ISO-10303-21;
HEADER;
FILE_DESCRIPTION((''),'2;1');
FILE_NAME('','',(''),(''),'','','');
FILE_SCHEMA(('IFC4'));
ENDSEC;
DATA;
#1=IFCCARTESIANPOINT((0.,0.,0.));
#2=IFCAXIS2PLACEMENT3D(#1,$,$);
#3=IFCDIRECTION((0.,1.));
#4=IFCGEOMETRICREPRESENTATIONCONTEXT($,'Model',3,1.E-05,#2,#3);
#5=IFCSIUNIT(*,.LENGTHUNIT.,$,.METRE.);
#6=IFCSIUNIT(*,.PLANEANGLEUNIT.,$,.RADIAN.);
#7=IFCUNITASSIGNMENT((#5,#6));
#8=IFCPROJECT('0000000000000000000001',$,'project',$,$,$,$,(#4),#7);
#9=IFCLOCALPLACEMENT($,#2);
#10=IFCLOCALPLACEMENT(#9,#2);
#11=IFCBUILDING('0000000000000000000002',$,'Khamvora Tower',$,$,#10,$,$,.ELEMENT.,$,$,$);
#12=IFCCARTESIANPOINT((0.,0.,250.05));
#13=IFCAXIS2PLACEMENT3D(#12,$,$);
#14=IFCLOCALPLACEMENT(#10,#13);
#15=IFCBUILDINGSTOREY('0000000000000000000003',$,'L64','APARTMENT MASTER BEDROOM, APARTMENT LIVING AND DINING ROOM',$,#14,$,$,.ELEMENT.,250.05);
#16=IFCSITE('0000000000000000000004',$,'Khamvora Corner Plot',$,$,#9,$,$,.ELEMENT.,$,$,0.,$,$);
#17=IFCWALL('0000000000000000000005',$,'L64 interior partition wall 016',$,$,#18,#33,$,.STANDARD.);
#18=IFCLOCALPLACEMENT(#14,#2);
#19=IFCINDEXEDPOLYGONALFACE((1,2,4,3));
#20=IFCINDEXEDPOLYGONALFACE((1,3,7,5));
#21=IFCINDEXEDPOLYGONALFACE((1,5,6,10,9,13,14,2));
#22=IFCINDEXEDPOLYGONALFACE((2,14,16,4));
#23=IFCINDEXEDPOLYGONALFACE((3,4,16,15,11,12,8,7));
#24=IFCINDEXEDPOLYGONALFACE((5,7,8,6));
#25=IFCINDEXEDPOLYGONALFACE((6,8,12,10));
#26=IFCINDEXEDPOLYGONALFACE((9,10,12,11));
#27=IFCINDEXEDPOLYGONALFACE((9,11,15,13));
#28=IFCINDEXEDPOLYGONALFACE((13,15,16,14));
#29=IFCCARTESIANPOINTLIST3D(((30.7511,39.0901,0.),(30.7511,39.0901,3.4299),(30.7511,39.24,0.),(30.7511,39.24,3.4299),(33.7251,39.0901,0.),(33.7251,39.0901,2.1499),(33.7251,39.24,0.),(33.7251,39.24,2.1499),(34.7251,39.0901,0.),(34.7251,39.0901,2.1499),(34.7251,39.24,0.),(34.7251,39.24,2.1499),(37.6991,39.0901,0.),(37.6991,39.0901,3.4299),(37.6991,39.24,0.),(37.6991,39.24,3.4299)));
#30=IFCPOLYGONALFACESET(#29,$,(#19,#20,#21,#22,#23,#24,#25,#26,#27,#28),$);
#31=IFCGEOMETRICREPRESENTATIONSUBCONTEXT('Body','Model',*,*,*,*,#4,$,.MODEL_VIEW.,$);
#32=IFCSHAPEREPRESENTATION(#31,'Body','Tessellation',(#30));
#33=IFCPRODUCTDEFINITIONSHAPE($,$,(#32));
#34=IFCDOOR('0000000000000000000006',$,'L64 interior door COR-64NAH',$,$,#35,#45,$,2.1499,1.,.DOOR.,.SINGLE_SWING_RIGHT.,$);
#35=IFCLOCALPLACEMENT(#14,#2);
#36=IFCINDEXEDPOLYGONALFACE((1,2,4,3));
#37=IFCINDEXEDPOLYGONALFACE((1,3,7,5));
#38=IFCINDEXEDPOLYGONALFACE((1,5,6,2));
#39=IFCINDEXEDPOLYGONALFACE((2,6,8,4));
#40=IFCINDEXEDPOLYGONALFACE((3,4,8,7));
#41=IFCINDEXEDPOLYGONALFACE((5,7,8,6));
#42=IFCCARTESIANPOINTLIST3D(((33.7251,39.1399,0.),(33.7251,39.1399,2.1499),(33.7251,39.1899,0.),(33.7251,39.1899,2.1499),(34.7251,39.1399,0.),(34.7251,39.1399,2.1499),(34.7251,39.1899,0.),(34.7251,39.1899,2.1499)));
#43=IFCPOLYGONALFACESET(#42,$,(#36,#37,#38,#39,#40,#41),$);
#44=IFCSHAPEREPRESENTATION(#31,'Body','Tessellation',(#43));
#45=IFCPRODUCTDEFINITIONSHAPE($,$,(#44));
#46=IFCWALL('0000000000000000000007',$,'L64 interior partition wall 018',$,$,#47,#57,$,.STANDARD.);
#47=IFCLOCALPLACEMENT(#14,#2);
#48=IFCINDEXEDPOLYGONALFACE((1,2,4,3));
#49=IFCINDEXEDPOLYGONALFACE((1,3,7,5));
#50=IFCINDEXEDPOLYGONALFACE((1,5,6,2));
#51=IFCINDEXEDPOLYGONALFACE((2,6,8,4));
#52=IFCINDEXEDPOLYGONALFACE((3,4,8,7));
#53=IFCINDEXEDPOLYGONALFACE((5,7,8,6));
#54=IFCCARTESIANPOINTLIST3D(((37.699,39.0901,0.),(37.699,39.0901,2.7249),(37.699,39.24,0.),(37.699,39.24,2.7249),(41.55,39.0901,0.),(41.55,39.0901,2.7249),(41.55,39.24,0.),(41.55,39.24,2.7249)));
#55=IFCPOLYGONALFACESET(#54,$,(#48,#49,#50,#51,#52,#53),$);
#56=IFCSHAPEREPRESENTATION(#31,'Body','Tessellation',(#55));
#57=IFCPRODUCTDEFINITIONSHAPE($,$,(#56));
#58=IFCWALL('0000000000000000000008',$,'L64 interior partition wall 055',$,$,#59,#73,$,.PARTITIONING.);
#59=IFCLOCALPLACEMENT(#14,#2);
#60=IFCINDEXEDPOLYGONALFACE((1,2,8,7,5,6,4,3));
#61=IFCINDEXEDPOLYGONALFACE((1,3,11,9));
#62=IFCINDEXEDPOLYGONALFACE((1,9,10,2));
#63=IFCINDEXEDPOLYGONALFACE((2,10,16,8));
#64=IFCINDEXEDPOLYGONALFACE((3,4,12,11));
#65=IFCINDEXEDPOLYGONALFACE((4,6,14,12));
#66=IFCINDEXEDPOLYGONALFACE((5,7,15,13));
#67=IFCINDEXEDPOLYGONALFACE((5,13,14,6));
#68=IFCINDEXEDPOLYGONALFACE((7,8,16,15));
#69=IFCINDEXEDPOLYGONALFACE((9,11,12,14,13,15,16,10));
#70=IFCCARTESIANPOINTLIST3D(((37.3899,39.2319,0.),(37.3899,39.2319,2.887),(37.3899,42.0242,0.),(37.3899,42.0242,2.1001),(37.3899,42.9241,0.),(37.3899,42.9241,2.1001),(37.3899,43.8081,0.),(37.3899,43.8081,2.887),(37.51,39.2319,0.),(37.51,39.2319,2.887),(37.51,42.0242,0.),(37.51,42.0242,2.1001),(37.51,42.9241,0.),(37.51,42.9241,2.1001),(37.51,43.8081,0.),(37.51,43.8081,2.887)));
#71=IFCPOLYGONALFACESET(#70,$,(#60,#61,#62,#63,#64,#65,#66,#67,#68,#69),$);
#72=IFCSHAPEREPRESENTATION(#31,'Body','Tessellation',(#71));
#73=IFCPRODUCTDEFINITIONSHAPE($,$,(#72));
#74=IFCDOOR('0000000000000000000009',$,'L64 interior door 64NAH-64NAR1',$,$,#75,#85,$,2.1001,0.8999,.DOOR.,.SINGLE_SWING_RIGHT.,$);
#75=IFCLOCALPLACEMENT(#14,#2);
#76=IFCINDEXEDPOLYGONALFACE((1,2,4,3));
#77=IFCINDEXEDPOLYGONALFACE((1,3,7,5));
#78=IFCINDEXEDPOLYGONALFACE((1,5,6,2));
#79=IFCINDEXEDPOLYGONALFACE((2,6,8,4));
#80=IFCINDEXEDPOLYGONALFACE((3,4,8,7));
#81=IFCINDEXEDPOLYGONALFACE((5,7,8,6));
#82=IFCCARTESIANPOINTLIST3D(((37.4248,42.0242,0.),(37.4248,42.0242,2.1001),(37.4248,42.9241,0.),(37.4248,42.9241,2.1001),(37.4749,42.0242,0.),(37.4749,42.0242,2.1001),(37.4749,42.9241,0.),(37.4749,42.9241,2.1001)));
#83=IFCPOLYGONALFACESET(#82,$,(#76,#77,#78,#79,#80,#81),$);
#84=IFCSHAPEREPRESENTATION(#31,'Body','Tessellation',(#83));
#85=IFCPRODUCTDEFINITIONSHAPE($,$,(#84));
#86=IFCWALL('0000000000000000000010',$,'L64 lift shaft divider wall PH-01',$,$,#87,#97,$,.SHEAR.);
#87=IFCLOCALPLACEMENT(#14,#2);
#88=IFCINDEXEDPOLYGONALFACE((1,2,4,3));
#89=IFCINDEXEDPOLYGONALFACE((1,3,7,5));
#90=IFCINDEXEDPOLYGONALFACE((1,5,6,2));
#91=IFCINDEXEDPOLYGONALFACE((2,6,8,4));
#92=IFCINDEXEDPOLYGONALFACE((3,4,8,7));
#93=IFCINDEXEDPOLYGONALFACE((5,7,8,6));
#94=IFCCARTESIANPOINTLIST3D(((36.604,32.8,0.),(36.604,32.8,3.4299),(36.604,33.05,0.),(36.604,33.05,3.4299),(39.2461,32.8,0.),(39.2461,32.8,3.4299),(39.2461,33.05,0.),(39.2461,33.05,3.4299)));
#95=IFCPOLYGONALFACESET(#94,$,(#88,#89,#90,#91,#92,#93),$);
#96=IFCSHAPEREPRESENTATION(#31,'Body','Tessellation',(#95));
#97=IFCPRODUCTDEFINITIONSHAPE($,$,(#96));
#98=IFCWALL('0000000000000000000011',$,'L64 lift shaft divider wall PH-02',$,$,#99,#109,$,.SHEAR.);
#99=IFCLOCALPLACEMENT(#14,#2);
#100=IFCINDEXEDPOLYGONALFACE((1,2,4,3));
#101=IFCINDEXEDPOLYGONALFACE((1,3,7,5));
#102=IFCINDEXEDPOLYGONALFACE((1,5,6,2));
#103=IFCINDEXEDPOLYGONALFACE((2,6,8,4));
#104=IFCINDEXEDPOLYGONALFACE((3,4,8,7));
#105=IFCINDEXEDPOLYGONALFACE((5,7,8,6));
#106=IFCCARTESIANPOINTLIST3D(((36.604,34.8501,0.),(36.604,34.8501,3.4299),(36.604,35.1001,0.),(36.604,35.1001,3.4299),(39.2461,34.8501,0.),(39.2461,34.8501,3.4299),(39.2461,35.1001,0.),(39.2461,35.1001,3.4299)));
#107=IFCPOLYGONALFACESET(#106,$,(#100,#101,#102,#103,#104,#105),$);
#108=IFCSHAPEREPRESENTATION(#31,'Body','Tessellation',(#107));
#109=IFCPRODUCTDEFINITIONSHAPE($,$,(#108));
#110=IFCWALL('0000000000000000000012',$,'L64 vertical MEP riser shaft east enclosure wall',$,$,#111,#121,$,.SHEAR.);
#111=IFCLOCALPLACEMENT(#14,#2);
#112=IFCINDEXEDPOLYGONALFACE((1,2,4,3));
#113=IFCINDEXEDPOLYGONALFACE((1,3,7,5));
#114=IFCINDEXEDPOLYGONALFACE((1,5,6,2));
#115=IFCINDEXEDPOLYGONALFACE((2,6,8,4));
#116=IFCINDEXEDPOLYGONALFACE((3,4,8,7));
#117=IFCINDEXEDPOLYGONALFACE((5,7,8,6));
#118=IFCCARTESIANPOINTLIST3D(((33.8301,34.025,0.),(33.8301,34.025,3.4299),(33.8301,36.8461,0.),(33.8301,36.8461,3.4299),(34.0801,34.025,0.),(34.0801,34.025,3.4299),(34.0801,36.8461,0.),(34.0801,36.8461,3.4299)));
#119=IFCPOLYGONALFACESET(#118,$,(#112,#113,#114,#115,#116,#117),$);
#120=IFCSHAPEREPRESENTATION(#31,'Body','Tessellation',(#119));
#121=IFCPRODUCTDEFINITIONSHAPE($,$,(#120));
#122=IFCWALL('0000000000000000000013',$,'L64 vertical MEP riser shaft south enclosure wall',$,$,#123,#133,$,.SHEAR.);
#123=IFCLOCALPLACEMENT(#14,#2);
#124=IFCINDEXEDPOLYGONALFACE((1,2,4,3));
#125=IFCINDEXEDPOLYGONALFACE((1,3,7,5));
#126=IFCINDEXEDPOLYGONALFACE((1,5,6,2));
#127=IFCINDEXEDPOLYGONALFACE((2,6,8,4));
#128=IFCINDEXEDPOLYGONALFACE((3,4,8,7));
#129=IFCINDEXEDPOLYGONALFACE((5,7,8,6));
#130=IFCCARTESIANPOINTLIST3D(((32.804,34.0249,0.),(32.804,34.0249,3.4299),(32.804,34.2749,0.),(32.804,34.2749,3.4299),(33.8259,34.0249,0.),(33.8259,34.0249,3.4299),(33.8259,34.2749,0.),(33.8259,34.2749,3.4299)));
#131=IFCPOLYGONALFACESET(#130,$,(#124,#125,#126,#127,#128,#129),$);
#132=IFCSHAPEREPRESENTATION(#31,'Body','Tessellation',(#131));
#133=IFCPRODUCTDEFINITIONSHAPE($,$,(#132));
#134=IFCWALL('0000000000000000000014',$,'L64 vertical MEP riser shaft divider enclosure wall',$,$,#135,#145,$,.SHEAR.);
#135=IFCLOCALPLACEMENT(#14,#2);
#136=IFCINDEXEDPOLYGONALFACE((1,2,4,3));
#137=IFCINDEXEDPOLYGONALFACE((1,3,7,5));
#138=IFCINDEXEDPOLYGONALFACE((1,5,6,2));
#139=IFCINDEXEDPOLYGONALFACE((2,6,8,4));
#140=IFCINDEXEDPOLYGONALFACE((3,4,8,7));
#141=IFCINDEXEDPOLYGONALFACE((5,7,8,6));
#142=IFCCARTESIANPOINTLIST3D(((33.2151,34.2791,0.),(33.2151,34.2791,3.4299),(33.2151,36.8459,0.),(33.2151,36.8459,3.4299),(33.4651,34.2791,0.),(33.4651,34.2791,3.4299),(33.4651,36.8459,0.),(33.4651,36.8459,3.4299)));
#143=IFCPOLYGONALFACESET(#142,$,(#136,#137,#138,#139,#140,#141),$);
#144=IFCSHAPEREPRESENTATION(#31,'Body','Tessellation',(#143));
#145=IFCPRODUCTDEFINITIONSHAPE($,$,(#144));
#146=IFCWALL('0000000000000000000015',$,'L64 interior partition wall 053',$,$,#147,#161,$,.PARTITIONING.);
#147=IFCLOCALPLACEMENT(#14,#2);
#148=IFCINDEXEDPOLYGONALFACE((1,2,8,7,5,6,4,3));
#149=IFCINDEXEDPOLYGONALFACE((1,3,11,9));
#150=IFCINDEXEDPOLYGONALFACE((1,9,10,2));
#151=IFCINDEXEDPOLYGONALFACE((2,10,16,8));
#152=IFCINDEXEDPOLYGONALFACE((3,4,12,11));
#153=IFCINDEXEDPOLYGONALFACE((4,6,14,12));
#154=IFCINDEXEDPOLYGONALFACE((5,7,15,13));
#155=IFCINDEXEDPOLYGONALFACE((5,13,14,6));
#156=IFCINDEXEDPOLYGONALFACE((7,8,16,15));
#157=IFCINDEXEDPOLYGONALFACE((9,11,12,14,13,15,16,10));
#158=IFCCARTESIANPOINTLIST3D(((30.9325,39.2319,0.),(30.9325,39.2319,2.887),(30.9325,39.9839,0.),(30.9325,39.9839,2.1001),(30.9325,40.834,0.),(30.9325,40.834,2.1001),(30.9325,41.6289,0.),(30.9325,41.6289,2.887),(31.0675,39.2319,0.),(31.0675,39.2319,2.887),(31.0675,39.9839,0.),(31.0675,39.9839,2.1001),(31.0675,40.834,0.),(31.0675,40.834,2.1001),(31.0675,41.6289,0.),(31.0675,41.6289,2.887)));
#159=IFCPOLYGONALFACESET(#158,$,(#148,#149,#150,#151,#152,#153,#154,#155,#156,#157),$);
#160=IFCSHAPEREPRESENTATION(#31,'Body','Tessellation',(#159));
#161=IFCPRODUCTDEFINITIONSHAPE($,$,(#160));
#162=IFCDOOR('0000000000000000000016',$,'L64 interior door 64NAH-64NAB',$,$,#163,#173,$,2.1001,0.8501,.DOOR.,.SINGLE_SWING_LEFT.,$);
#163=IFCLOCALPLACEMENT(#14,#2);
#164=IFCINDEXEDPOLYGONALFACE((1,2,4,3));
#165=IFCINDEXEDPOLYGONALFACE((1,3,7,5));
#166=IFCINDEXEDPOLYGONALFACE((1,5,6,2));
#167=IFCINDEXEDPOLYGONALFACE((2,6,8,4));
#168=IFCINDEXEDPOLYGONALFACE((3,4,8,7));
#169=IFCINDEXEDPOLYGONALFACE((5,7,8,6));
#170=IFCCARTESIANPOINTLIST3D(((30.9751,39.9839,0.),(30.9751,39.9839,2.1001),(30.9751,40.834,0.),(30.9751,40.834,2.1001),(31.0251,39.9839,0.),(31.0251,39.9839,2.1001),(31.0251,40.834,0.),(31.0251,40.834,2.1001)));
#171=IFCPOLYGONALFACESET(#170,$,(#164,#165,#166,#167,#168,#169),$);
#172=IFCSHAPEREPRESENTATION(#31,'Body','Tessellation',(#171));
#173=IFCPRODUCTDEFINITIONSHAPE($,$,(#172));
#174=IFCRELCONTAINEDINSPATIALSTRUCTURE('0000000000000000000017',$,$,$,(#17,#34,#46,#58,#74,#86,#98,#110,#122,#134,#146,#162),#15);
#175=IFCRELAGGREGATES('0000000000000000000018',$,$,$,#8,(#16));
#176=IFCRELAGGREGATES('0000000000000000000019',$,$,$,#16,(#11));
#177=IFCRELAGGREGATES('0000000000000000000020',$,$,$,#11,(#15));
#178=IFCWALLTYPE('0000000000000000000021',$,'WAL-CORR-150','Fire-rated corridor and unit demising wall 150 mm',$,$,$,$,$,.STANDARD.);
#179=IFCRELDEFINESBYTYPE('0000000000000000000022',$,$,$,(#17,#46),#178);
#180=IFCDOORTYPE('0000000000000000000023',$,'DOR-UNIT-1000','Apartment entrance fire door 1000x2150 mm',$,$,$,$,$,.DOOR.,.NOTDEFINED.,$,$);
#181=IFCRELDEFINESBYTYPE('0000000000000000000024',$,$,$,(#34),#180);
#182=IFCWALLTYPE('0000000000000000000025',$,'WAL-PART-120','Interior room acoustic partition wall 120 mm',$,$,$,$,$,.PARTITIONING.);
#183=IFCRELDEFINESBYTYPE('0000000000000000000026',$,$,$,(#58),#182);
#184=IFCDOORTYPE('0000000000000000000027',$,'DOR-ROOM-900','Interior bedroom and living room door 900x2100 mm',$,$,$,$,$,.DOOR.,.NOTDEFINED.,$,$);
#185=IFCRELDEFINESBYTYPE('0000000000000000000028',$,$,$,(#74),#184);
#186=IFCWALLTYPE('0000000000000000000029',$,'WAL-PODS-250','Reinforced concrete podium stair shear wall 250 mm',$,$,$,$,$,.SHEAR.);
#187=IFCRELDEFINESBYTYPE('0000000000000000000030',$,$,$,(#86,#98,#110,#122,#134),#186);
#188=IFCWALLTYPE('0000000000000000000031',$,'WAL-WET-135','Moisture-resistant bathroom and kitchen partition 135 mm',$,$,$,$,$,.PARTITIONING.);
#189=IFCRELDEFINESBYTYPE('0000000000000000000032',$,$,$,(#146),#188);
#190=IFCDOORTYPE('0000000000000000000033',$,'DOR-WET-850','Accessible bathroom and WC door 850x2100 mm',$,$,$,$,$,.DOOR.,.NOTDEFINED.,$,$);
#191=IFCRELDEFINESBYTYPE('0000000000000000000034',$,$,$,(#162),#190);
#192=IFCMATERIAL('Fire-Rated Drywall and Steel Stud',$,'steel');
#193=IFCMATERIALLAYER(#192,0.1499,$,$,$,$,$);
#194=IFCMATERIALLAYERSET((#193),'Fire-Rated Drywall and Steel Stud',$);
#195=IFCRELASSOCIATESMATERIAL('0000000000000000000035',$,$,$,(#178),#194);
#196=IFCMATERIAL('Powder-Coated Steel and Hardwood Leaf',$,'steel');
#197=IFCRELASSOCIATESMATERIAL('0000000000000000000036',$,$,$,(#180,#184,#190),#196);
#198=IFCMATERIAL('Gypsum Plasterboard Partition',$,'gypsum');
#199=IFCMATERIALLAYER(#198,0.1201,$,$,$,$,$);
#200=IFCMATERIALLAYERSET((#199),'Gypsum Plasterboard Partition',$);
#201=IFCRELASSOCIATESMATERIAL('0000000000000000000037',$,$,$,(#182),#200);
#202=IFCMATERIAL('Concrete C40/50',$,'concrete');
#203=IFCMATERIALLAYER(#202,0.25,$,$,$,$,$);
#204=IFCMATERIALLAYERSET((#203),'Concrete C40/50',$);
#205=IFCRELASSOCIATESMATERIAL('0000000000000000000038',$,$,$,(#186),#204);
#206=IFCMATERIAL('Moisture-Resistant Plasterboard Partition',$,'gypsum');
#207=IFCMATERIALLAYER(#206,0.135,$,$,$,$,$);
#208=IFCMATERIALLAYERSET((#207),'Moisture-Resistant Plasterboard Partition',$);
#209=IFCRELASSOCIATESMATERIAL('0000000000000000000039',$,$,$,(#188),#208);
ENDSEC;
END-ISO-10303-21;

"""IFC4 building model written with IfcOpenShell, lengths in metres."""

from ifc_helpers import new_model, si_unit, direction, frame, frame_2d, origin, place, context, subcontext, project, spatial, rectangle, extrude, material, layer, layer_set, type_object, element, fill, save


model = new_model("IFC4")

# Units and contexts
model_context = context("Model", 3, precision=1e-05, world=origin(), true_north=direction((0.0, 1.0)))
body_context = subcontext(model_context, "Body", "Model", "MODEL_VIEW")
ifc_project = project(units=[si_unit("LENGTHUNIT", "METRE"), si_unit("PLANEANGLEUNIT", "RADIAN")], contexts=[model_context])

# Site, building, storey
site_placement = place(None, origin())
site = spatial("IfcSite", under=ifc_project, at=site_placement, Name="Khamvora Corner Plot", CompositionType="ELEMENT", RefElevation=0.0)
building_placement = place(site_placement, origin())
building = spatial("IfcBuilding", under=site, at=building_placement, Name="Khamvora Tower", CompositionType="ELEMENT")
storey_placement = place(building_placement, frame((0.0, 0.0, 250.05)))
storey = spatial("IfcBuildingStorey", under=building, at=storey_placement, Name="L64", Description="APARTMENT MASTER BEDROOM, APARTMENT LIVING AND DINING ROOM", CompositionType="ELEMENT", Elevation=250.05)

# Wall, opening, door
ifc_material_1 = material(Name="Powder-Coated Steel and Hardwood Leaf", Category="steel")
ifc_material_2 = material(Name="Fire-Rated Drywall and Steel Stud", Category="steel")
ifc_layer_1 = layer(ifc_material_2, 0.1499)
ifc_layer_set_1 = layer_set([ifc_layer_1], Name="Fire-Rated Drywall and Steel Stud")
wall_type_1 = type_object("IfcWallType", Name="WAL-CORR-150", Description="Fire-rated corridor and unit demising wall 150 mm", PredefinedType="STANDARD", material=ifc_layer_set_1)
wall_1_placement = place(storey_placement, frame((30.751, 39.165, 0.0), z_axis=(0.0, 0.0, 1.0), x_axis=(1.0, 0.0, 0.0)))
wall_1 = element("IfcWall", 1, at=wall_1_placement, inside=storey, type_object=wall_type_1, Name="L64 interior partition wall 016", PredefinedType="STANDARD", context=body_context, shape_type="SweptSolid", body=[
    extrude(rectangle(XDim=6.948, YDim=0.1499, at=frame_2d((3.4741, 0.0))), origin(), (0.0, 0.0, 1.0), 3.4299),
])
opening_1_placement = place(wall_1_placement, frame((2.9741, 0.0, 0.0)))
opening_1 = element("IfcOpeningElement", 2, at=opening_1_placement, cuts=wall_1, PredefinedType="OPENING", context=body_context, shape_type="SweptSolid", body=[
    extrude(rectangle(XDim=1.0, YDim=2.1499, at=frame_2d((0.5, 1.075))), frame((0.0, 0.085, 0.0), z_axis=(0.0, -1.0, 0.0), x_axis=(1.0, 0.0, 0.0)), (0.0, 0.0, 1.0), 0.1699),
])
door_type_1 = type_object("IfcDoorType", Name="DOR-UNIT-1000", Description="Apartment entrance fire door 1000x2150 mm", OperationType="NOTDEFINED", PredefinedType="DOOR", material=ifc_material_1)
door_1_placement = place(opening_1_placement, origin())
door_1 = element("IfcDoor", 3, at=door_1_placement, inside=storey, type_object=door_type_1, Name="L64 interior door COR-64NAH", OperationType="SINGLE_SWING_RIGHT", OverallHeight=2.1499, OverallWidth=1.0, PredefinedType="DOOR", context=body_context, shape_type="SweptSolid", body=[
    extrude(rectangle(XDim=1.0, YDim=2.1499, at=frame_2d((0.5, 1.075))), frame((0.0, 0.0249, 0.0), z_axis=(0.0, -1.0, 0.0), x_axis=(1.0, 0.0, 0.0)), (0.0, 0.0, 1.0), 0.05),
])
fill(opening_1, door_1)

# Wall
wall_2_placement = place(storey_placement, frame((37.699, 39.165, 0.0), z_axis=(0.0, 0.0, 1.0), x_axis=(1.0, 0.0, 0.0)))
element("IfcWall", 4, at=wall_2_placement, inside=storey, type_object=wall_type_1, Name="L64 interior partition wall 018", PredefinedType="STANDARD", context=body_context, shape_type="SweptSolid", body=[
    extrude(rectangle(XDim=3.8511, YDim=0.1499, at=frame_2d((1.9255, 0.0))), origin(), (0.0, 0.0, 1.0), 2.7249),
])

# Wall, opening, door
ifc_material_3 = material(Name="Gypsum Plasterboard Partition", Category="gypsum")
ifc_layer_2 = layer(ifc_material_3, 0.1201)
ifc_layer_set_2 = layer_set([ifc_layer_2], Name="Gypsum Plasterboard Partition")
wall_type_2 = type_object("IfcWallType", Name="WAL-PART-120", Description="Interior room acoustic partition wall 120 mm", PredefinedType="PARTITIONING", material=ifc_layer_set_2)
wall_3_placement = place(storey_placement, frame((37.45, 43.8081, 0.0), z_axis=(0.0, 0.0, 1.0), x_axis=(0.0, -1.0, 0.0)))
wall_3 = element("IfcWall", 5, at=wall_3_placement, inside=storey, type_object=wall_type_2, Name="L64 interior partition wall 055", PredefinedType="PARTITIONING", context=body_context, shape_type="SweptSolid", body=[
    extrude(rectangle(XDim=4.5762, YDim=0.1201, at=frame_2d((2.2881, 0.0))), origin(), (0.0, 0.0, 1.0), 2.887),
])
opening_2_placement = place(wall_3_placement, frame((0.884, 0.0, 0.0)))
opening_2 = element("IfcOpeningElement", 6, at=opening_2_placement, cuts=wall_3, PredefinedType="OPENING", context=body_context, shape_type="SweptSolid", body=[
    extrude(rectangle(XDim=0.8999, YDim=2.1001, at=frame_2d((0.45, 1.05))), frame((0.0, 0.0701, 0.0), z_axis=(0.0, -1.0, 0.0), x_axis=(1.0, 0.0, 0.0)), (0.0, 0.0, 1.0), 0.1401),
])
door_type_2 = type_object("IfcDoorType", Name="DOR-ROOM-900", Description="Interior bedroom and living room door 900x2100 mm", OperationType="NOTDEFINED", PredefinedType="DOOR", material=ifc_material_1)
door_2_placement = place(opening_2_placement, origin())
door_2 = element("IfcDoor", 7, at=door_2_placement, inside=storey, type_object=door_type_2, Name="L64 interior door 64NAH-64NAR1", OperationType="SINGLE_SWING_RIGHT", OverallHeight=2.1001, OverallWidth=0.8999, PredefinedType="DOOR", context=body_context, shape_type="SweptSolid", body=[
    extrude(rectangle(XDim=0.8999, YDim=2.1001, at=frame_2d((0.45, 1.05))), frame((0.0, 0.0249, 0.0), z_axis=(0.0, -1.0, 0.0), x_axis=(1.0, 0.0, 0.0)), (0.0, 0.0, 1.0), 0.05),
])
fill(opening_2, door_2)

# Walls
ifc_material_4 = material(Name="Concrete C40/50", Category="concrete")
ifc_layer_3 = layer(ifc_material_4, 0.25)
ifc_layer_set_3 = layer_set([ifc_layer_3], Name="Concrete C40/50")
wall_type_3 = type_object("IfcWallType", Name="WAL-PODS-250", Description="Reinforced concrete podium stair shear wall 250 mm", PredefinedType="SHEAR", material=ifc_layer_set_3)
for number, where, z_axis, x_axis, name in (
    (8, (36.604, 32.925, 0.0), (0.0, 0.0, 1.0), (1.0, 0.0, 0.0), "L64 lift shaft divider wall PH-01"),
    (9, (36.604, 34.9751, 0.0), (0.0, 0.0, 1.0), (1.0, 0.0, 0.0), "L64 lift shaft divider wall PH-02"),
):
    element("IfcWall", number, at=place(storey_placement, frame(where, z_axis=z_axis, x_axis=x_axis)), inside=storey, type_object=wall_type_3, Name=name, PredefinedType="SHEAR", context=body_context, shape_type="SweptSolid", body=[
        extrude(rectangle(XDim=2.6421, YDim=0.25, at=frame_2d((1.321, 0.0))), origin(), (0.0, 0.0, 1.0), 3.4299),
    ])
wall_4_placement = place(storey_placement, frame((33.9551, 34.0249, 0.0), z_axis=(0.0, 0.0, 1.0), x_axis=(0.0, 1.0, 0.0)))
element("IfcWall", 10, at=wall_4_placement, inside=storey, type_object=wall_type_3, Name="L64 vertical MEP riser shaft east enclosure wall", PredefinedType="SHEAR", context=body_context, shape_type="SweptSolid", body=[
    extrude(rectangle(XDim=2.821, YDim=0.25, at=frame_2d((1.4106, 0.0))), origin(), (0.0, 0.0, 1.0), 3.4299),
])
wall_5_placement = place(storey_placement, frame((32.804, 34.1499, 0.0), z_axis=(0.0, 0.0, 1.0), x_axis=(1.0, 0.0, 0.0)))
element("IfcWall", 11, at=wall_5_placement, inside=storey, type_object=wall_type_3, Name="L64 vertical MEP riser shaft south enclosure wall", PredefinedType="SHEAR", context=body_context, shape_type="SweptSolid", body=[
    extrude(rectangle(XDim=1.022, YDim=0.25, at=frame_2d((0.511, 0.0))), origin(), (0.0, 0.0, 1.0), 3.4299),
])
wall_6_placement = place(storey_placement, frame((33.3401, 34.2791, 0.0), z_axis=(0.0, 0.0, 1.0), x_axis=(0.0, 1.0, 0.0)))
element("IfcWall", 12, at=wall_6_placement, inside=storey, type_object=wall_type_3, Name="L64 vertical MEP riser shaft divider enclosure wall", PredefinedType="SHEAR", context=body_context, shape_type="SweptSolid", body=[
    extrude(rectangle(XDim=2.5669, YDim=0.25, at=frame_2d((1.2834, 0.0))), origin(), (0.0, 0.0, 1.0), 3.4299),
])

# Wall, opening, door
ifc_material_5 = material(Name="Moisture-Resistant Plasterboard Partition", Category="gypsum")
ifc_layer_4 = layer(ifc_material_5, 0.135)
ifc_layer_set_4 = layer_set([ifc_layer_4], Name="Moisture-Resistant Plasterboard Partition")
wall_type_4 = type_object("IfcWallType", Name="WAL-WET-135", Description="Moisture-resistant bathroom and kitchen partition 135 mm", PredefinedType="PARTITIONING", material=ifc_layer_set_4)
wall_7_placement = place(storey_placement, frame((31.0, 39.2319, 0.0), z_axis=(0.0, 0.0, 1.0), x_axis=(0.0, 1.0, 0.0)))
wall_7 = element("IfcWall", 13, at=wall_7_placement, inside=storey, type_object=wall_type_4, Name="L64 interior partition wall 053", PredefinedType="PARTITIONING", context=body_context, shape_type="SweptSolid", body=[
    extrude(rectangle(XDim=2.397, YDim=0.135, at=frame_2d((1.1985, 0.0))), origin(), (0.0, 0.0, 1.0), 2.887),
])
opening_3_placement = place(wall_7_placement, frame((0.752, 0.0, 0.0)))
opening_3 = element("IfcOpeningElement", 14, at=opening_3_placement, cuts=wall_7, PredefinedType="OPENING", context=body_context, shape_type="SweptSolid", body=[
    extrude(rectangle(XDim=0.8501, YDim=2.1001, at=frame_2d((0.425, 1.05))), frame((0.0, 0.0774, 0.0), z_axis=(0.0, -1.0, 0.0), x_axis=(1.0, 0.0, 0.0)), (0.0, 0.0, 1.0), 0.155),
])
door_type_3 = type_object("IfcDoorType", Name="DOR-WET-850", Description="Accessible bathroom and WC door 850x2100 mm", OperationType="NOTDEFINED", PredefinedType="DOOR", material=ifc_material_1)
door_3_placement = place(opening_3_placement, origin())
door_3 = element("IfcDoor", 15, at=door_3_placement, inside=storey, type_object=door_type_3, Name="L64 interior door 64NAH-64NAB", OperationType="SINGLE_SWING_LEFT", OverallHeight=2.1001, OverallWidth=0.8501, PredefinedType="DOOR", context=body_context, shape_type="SweptSolid", body=[
    extrude(rectangle(XDim=0.8501, YDim=2.1001, at=frame_2d((0.425, 1.05))), frame((0.0, 0.0249, 0.0), z_axis=(0.0, -1.0, 0.0), x_axis=(1.0, 0.0, 0.0)), (0.0, 0.0, 1.0), 0.05),
])
fill(opening_3, door_3)

save(model, "model.ifc")
